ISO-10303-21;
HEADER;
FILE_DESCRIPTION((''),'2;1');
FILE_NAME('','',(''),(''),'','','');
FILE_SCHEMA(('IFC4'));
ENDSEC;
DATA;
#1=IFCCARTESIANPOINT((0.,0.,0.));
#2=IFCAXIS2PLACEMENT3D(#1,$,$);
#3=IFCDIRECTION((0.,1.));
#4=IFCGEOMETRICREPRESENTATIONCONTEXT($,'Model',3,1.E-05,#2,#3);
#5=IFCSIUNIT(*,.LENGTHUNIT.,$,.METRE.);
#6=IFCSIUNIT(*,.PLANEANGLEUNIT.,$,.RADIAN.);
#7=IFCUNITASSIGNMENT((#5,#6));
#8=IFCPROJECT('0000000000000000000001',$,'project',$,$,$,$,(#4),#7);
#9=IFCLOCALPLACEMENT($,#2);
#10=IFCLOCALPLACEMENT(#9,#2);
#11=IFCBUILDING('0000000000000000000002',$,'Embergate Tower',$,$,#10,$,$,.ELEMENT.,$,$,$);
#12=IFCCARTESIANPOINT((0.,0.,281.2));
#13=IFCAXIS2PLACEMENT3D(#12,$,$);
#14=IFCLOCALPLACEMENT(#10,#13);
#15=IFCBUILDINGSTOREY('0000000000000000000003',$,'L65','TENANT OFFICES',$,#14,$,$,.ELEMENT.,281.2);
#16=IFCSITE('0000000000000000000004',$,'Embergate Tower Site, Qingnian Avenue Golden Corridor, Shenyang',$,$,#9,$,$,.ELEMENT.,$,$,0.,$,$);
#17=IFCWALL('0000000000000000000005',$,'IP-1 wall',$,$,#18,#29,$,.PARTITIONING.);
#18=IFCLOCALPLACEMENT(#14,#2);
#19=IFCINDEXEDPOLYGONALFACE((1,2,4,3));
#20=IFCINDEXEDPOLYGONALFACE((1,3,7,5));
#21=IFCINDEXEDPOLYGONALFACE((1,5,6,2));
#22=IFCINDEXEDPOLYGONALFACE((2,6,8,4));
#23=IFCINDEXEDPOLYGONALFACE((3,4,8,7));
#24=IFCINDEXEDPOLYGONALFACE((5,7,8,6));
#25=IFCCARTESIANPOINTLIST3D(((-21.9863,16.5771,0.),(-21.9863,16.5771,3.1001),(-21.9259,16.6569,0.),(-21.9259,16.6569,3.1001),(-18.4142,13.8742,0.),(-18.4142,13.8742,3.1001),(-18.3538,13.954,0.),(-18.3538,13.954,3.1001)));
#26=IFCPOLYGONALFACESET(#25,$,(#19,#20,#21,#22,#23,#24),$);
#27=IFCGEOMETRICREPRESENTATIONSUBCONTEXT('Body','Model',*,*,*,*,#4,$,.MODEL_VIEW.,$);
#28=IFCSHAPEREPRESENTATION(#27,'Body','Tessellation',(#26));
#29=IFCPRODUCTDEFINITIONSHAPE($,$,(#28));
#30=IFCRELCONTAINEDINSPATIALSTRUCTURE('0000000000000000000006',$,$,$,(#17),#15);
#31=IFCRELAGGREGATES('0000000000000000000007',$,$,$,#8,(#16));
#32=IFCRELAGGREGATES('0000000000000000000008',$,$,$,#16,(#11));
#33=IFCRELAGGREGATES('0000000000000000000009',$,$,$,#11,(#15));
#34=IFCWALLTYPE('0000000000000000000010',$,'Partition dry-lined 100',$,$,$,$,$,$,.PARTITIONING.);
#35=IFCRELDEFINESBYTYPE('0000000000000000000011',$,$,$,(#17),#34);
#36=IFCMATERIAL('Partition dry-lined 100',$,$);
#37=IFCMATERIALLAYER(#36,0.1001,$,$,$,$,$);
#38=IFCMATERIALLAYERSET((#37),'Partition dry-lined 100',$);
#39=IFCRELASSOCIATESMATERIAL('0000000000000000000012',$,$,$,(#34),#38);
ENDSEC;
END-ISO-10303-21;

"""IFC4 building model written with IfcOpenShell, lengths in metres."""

from ifc_helpers import new_model, si_unit, direction, frame, frame_2d, origin, place, context, subcontext, project, spatial, rectangle, extrude, source, transform, mapped, material, layer, layer_set, type_object, element, save


model = new_model("IFC4")

# Units and contexts
model_context = context("Model", 3, precision=1e-05, world=origin(), true_north=direction((0.0, 1.0)))
body_context = subcontext(model_context, "Body", "Model", "MODEL_VIEW")
ifc_project = project(units=[si_unit("LENGTHUNIT", "METRE"), si_unit("PLANEANGLEUNIT", "RADIAN")], contexts=[model_context])

# Site, building, storey
site_placement = place(None, origin())
site = spatial("IfcSite", under=ifc_project, at=site_placement, Name="Embergate Tower Site, Qingnian Avenue Golden Corridor, Shenyang", CompositionType="ELEMENT", RefElevation=0.0)
building_placement = place(site_placement, origin())
building = spatial("IfcBuilding", under=site, at=building_placement, Name="Embergate Tower", CompositionType="ELEMENT")
storey_placement = place(building_placement, frame((0.0, 0.0, 281.2)))
storey = spatial("IfcBuildingStorey", under=building, at=storey_placement, Name="L65", Description="TENANT OFFICES", CompositionType="ELEMENT", Elevation=281.2)

# Wall
ifc_material_1 = material(Name="Partition dry-lined 100")
ifc_layer_1 = layer(ifc_material_1, 0.1001)
ifc_layer_set_1 = layer_set([ifc_layer_1], Name="Partition dry-lined 100")
wall_type = type_object("IfcWallType", Name="Partition dry-lined 100", PredefinedType="PARTITIONING", material=ifc_layer_set_1)
shared_shape_1 = source(origin(), body_context, "Body", "SweptSolid", [
    extrude(rectangle(XDim=4.4795, YDim=0.1001, at=frame_2d((2.2397, 0.0))), origin(), (0.0, 0.0, 1.0), 3.1001),
])
wall_1_placement = place(storey_placement, frame((-18.384, 13.9141, 0.0), z_axis=(0.0, 0.0, 1.0), x_axis=(-0.797435, 0.603404, 0.0)))
element("IfcWall", 1, at=wall_1_placement, inside=storey, type_object=wall_type, Name="IP-1 wall", PredefinedType="PARTITIONING", context=body_context, shape_type="MappedRepresentation", body=[
    mapped(shared_shape_1, transform((0.0, 0.0, 0.0))),
])

save(model, "model.ifc")
